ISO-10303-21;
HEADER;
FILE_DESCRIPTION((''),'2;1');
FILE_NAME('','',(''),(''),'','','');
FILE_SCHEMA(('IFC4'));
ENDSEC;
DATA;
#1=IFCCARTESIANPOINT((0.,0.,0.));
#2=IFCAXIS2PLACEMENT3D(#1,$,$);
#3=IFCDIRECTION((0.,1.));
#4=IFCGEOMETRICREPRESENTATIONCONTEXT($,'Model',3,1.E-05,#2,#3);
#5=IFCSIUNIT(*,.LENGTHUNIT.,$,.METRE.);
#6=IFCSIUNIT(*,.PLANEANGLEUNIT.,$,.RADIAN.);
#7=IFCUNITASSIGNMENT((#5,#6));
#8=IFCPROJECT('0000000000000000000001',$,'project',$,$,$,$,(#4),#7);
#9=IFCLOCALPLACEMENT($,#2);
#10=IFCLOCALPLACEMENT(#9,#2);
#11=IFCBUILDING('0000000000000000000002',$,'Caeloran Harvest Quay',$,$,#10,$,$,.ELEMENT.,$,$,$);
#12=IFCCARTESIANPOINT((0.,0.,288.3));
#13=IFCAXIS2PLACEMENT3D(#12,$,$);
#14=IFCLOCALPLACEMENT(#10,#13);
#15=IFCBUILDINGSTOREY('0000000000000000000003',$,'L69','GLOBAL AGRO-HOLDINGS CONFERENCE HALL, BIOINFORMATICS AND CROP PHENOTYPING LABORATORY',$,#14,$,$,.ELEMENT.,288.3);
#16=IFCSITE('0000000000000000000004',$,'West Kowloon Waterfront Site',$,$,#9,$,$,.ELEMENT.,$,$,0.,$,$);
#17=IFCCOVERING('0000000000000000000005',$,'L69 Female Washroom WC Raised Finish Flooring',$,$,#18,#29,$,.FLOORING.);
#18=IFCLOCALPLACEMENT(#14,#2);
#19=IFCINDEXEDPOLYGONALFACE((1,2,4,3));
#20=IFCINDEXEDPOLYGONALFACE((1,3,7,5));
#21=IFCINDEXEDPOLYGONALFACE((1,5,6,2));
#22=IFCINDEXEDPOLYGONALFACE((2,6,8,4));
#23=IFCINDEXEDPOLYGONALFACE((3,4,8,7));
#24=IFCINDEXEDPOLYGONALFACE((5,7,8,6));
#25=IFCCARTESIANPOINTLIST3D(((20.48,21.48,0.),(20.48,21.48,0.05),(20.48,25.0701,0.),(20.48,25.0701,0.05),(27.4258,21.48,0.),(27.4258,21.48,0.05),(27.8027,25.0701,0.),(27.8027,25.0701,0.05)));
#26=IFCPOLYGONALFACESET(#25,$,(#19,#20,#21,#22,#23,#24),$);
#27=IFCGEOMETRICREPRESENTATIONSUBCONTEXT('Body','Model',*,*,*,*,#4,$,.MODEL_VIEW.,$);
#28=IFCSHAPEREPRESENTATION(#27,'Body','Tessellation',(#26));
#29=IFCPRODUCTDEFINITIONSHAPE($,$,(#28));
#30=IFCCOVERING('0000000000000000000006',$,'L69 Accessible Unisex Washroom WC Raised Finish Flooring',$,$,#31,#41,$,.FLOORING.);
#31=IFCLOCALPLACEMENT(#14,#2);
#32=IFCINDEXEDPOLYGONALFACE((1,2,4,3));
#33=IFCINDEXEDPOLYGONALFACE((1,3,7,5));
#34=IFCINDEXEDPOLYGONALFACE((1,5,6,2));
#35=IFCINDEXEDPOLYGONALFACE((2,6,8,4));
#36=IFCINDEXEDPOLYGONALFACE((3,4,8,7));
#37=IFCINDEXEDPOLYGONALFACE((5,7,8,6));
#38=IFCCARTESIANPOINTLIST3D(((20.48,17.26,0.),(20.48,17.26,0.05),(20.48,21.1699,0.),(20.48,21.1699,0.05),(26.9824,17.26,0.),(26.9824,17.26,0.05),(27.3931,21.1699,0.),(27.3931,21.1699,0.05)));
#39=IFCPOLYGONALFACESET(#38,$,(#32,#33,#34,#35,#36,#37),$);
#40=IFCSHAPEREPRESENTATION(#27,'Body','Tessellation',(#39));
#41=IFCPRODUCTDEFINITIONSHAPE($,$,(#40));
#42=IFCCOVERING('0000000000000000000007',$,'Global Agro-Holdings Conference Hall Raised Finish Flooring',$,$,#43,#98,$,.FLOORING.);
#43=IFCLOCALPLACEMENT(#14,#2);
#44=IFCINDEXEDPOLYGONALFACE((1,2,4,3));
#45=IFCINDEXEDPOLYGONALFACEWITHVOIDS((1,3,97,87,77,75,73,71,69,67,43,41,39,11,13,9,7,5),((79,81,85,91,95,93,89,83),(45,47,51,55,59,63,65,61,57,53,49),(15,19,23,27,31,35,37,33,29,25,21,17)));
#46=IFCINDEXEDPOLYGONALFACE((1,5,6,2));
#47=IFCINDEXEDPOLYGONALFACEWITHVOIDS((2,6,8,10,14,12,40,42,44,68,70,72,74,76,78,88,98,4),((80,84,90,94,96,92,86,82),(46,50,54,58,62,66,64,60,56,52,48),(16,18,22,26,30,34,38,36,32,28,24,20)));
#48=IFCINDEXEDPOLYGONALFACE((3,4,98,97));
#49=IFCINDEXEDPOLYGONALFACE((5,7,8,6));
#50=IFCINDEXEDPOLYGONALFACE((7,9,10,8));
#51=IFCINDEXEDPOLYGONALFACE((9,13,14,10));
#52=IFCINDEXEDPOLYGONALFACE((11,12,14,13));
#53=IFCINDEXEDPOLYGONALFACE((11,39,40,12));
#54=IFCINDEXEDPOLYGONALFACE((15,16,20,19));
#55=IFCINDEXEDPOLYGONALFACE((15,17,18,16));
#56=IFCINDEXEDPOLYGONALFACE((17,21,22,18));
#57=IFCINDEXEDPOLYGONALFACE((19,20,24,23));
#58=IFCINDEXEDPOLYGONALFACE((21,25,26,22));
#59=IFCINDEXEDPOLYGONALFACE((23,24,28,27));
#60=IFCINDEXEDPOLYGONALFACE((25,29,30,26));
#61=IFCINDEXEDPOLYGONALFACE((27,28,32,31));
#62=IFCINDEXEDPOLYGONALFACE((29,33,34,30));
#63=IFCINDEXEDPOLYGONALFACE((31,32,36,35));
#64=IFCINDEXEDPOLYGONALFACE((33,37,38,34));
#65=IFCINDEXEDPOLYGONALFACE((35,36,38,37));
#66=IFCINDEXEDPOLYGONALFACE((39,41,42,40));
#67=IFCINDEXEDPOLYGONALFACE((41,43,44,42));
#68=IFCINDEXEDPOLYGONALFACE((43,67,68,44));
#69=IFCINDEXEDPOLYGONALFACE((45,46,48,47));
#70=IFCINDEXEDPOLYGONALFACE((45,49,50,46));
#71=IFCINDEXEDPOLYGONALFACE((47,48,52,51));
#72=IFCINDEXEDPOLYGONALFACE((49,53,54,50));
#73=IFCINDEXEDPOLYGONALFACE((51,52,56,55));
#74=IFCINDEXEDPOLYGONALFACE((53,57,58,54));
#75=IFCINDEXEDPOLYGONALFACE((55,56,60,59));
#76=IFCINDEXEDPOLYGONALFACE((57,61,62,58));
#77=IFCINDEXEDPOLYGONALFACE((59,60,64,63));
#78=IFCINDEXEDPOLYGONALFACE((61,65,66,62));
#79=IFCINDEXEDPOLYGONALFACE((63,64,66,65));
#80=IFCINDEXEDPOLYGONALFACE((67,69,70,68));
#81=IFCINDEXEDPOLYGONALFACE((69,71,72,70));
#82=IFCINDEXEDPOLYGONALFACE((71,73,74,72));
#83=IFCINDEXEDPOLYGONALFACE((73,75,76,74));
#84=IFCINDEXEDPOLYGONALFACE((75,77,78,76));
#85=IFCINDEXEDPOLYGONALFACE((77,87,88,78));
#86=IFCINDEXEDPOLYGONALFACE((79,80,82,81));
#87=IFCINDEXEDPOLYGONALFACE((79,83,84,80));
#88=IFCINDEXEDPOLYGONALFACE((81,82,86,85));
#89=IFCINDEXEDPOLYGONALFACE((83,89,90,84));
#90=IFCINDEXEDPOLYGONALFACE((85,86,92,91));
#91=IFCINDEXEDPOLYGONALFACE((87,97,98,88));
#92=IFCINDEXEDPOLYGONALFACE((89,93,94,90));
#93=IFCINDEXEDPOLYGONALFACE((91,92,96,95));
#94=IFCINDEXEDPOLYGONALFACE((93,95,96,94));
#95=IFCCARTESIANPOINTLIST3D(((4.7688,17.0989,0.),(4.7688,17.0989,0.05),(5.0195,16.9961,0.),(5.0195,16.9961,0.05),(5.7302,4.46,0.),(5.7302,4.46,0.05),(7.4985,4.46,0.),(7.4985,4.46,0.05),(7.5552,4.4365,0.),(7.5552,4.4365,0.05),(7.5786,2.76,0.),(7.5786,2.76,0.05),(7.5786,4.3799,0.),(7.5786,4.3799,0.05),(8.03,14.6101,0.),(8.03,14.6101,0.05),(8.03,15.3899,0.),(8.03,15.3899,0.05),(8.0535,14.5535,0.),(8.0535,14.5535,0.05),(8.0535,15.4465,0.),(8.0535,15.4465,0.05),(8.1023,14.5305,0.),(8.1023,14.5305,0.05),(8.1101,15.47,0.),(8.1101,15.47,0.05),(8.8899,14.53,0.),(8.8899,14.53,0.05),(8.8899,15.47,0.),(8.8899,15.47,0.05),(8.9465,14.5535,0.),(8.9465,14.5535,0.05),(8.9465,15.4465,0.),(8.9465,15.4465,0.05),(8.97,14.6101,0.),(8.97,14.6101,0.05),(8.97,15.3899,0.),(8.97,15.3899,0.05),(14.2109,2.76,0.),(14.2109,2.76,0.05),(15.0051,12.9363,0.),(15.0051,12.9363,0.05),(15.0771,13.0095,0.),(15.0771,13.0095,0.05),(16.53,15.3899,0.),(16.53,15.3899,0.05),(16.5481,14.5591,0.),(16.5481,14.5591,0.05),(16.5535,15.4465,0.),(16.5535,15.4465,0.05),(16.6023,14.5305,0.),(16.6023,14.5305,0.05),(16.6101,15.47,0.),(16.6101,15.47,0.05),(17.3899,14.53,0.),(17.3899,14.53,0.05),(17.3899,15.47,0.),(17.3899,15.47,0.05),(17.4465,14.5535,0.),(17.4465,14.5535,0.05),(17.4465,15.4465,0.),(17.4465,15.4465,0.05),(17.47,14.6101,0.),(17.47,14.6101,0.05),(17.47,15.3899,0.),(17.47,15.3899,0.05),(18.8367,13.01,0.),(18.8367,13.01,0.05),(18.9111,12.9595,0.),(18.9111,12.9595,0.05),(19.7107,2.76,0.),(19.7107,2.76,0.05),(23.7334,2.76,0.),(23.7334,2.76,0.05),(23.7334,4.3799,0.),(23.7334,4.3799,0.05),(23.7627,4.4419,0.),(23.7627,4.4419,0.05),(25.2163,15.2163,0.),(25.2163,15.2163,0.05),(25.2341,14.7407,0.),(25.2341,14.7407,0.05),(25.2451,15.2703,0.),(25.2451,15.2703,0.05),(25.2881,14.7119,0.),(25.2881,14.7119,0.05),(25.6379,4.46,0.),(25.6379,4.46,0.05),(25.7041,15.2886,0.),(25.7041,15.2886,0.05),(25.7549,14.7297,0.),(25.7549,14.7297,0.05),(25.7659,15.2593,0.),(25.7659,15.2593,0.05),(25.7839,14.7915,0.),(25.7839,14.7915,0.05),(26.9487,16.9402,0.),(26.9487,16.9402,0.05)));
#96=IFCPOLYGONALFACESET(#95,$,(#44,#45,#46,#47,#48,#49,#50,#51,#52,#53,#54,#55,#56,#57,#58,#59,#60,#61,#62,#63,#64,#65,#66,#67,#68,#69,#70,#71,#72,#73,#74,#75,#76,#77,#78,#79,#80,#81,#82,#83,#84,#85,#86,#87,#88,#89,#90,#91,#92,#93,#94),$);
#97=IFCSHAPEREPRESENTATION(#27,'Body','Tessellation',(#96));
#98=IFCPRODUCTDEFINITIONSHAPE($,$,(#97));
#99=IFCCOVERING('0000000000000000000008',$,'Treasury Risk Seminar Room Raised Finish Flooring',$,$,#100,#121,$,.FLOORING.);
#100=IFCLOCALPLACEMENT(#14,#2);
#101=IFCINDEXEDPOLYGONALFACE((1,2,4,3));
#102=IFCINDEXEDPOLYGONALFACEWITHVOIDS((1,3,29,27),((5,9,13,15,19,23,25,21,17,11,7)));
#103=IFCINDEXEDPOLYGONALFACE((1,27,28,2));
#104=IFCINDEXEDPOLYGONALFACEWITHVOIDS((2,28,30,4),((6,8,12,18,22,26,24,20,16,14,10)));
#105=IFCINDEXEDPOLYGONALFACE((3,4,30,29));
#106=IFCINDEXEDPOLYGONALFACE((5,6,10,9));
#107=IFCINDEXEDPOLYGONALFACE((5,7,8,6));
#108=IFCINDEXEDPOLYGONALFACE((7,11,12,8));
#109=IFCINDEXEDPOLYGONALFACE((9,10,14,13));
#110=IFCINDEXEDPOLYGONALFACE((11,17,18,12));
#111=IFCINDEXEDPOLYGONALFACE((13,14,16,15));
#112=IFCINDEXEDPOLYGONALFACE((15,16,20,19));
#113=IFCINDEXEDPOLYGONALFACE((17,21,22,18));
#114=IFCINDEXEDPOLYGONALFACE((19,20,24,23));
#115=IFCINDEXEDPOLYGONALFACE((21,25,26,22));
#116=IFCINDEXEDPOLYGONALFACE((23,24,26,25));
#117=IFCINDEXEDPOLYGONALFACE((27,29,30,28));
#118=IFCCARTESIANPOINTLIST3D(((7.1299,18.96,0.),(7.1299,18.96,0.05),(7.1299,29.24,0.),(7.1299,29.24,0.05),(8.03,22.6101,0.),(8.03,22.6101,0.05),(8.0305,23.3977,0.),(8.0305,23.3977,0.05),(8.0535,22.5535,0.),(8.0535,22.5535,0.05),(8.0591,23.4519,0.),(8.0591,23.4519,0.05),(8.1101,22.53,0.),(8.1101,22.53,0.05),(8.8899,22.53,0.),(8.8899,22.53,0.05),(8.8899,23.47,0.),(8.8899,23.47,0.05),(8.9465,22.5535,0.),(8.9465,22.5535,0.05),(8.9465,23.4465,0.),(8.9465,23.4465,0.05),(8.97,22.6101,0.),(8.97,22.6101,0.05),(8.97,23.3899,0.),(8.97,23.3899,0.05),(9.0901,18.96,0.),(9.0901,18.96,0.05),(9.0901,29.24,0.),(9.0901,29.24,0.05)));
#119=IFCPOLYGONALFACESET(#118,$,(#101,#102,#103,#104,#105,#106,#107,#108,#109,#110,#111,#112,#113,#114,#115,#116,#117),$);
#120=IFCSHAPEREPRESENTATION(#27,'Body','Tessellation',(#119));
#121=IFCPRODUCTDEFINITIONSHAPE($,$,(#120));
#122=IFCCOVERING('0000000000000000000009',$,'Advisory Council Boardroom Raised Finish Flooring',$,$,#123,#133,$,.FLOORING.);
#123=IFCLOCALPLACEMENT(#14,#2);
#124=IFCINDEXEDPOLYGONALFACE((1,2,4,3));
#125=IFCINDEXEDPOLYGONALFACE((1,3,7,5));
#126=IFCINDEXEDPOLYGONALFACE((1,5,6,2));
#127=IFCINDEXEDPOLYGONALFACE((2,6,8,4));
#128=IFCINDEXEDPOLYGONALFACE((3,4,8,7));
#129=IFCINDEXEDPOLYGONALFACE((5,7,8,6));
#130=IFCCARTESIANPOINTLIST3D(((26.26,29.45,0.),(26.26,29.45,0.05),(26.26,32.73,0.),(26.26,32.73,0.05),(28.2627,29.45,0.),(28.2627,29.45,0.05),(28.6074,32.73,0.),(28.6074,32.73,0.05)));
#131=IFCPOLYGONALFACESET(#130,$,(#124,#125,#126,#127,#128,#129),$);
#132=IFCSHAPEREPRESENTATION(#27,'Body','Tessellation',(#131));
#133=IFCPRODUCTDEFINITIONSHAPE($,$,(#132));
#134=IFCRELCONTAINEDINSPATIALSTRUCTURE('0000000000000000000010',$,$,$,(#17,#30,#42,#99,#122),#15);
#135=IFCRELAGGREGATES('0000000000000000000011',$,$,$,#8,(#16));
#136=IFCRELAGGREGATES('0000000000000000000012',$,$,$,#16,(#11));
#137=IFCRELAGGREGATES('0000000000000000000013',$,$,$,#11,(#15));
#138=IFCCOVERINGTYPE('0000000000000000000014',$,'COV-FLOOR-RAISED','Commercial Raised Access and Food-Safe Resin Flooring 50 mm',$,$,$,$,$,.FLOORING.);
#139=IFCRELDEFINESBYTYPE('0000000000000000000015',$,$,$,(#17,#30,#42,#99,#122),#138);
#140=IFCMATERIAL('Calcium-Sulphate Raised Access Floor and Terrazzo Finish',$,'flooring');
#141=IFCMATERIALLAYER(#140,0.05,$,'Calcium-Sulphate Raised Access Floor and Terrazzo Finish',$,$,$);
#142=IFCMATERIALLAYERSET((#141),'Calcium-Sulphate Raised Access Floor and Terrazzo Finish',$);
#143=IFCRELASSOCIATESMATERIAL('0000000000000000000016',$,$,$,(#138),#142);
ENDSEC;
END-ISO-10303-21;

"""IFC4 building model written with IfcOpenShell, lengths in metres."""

from ifc_helpers import new_model, si_unit, direction, frame, origin, place, context, subcontext, project, spatial, polyline, outline, extrude, material, layer, layer_set, type_object, element, save


model = new_model("IFC4")

# Units and contexts
model_context = context("Model", 3, precision=1e-05, world=origin(), true_north=direction((0.0, 1.0)))
body_context = subcontext(model_context, "Body", "Model", "MODEL_VIEW")
ifc_project = project(units=[si_unit("LENGTHUNIT", "METRE"), si_unit("PLANEANGLEUNIT", "RADIAN")], contexts=[model_context])

# Site, building, storey
site_placement = place(None, origin())
site = spatial("IfcSite", under=ifc_project, at=site_placement, Name="West Kowloon Waterfront Site", CompositionType="ELEMENT", RefElevation=0.0)
building_placement = place(site_placement, origin())
building = spatial("IfcBuilding", under=site, at=building_placement, Name="Caeloran Harvest Quay", CompositionType="ELEMENT")
storey_placement = place(building_placement, frame((0.0, 0.0, 288.3)))
storey = spatial("IfcBuildingStorey", under=building, at=storey_placement, Name="L69", Description="GLOBAL AGRO-HOLDINGS CONFERENCE HALL, BIOINFORMATICS AND CROP PHENOTYPING LABORATORY", CompositionType="ELEMENT", Elevation=288.3)

# Coverings
ifc_material_1 = material(Name="Calcium-Sulphate Raised Access Floor and Terrazzo Finish", Category="flooring")
ifc_layer_1 = layer(ifc_material_1, 0.05, Name="Calcium-Sulphate Raised Access Floor and Terrazzo Finish")
ifc_layer_set_1 = layer_set([ifc_layer_1], Name="Calcium-Sulphate Raised Access Floor and Terrazzo Finish")
covering_type_1 = type_object("IfcCoveringType", Name="COV-FLOOR-RAISED", Description="Commercial Raised Access and Food-Safe Resin Flooring 50 mm", PredefinedType="FLOORING", material=ifc_layer_set_1)
covering_1_placement = place(storey_placement, origin())
element("IfcCovering", 1, at=covering_1_placement, inside=storey, type_object=covering_type_1, Name="L69 Female Washroom WC Raised Finish Flooring", PredefinedType="FLOORING", context=body_context, shape_type="SweptSolid", body=[
    extrude(outline(polyline([(27.8027, 25.0701), (27.4258, 21.48), (20.48, 21.48), (20.48, 25.0701), (27.8027, 25.0701)])), origin(), (0.0, 0.0, 1.0), 0.05),
])
covering_2_placement = place(storey_placement, origin())
element("IfcCovering", 2, at=covering_2_placement, inside=storey, type_object=covering_type_1, Name="L69 Accessible Unisex Washroom WC Raised Finish Flooring", PredefinedType="FLOORING", context=body_context, shape_type="SweptSolid", body=[
    extrude(outline(polyline([(27.3931, 21.1699), (26.9824, 17.26), (20.48, 17.26), (20.48, 21.1699), (27.3931, 21.1699)])), origin(), (0.0, 0.0, 1.0), 0.05),
])
covering_3_placement = place(storey_placement, origin())
element("IfcCovering", 3, at=covering_3_placement, inside=storey, type_object=covering_type_1, Name="Global Agro-Holdings Conference Hall Raised Finish Flooring", PredefinedType="FLOORING", context=body_context, shape_type="SweptSolid", body=[
    extrude(outline(polyline([(5.0195, 16.9961), (26.9487, 16.9402), (25.6379, 4.46), (23.7627, 4.4419), (23.7334, 4.3799), (23.7334, 2.76), (19.7107, 2.76), (18.9111, 12.9595), (18.8367, 13.01), (15.0771, 13.0095), (15.0051, 12.9363), (14.2109, 2.76), (7.5786, 2.76), (7.5786, 4.3799), (7.5552, 4.4365), (7.4985, 4.46), (5.7302, 4.46), (4.7688, 17.0989), (5.0195, 16.9961)]), holes=[polyline([(25.2163, 15.2163), (25.2341, 14.7407), (25.2881, 14.7119), (25.7549, 14.7297), (25.7839, 14.7915), (25.7659, 15.2593), (25.7041, 15.2886), (25.2451, 15.2703), (25.2163, 15.2163)]), polyline([(16.53, 15.3899), (16.5481, 14.5591), (16.6023, 14.5305), (17.3899, 14.53), (17.4465, 14.5535), (17.47, 14.6101), (17.47, 15.3899), (17.4465, 15.4465), (17.3899, 15.47), (16.6101, 15.47), (16.5535, 15.4465), (16.53, 15.3899)]), polyline([(8.03, 14.6101), (8.0535, 14.5535), (8.1023, 14.5305), (8.8899, 14.53), (8.9465, 14.5535), (8.97, 14.6101), (8.97, 15.3899), (8.9465, 15.4465), (8.8899, 15.47), (8.1101, 15.47), (8.0535, 15.4465), (8.03, 15.3899), (8.03, 14.6101)])]), origin(), (0.0, 0.0, 1.0), 0.05),
])
covering_4_placement = place(storey_placement, origin())
element("IfcCovering", 4, at=covering_4_placement, inside=storey, type_object=covering_type_1, Name="Treasury Risk Seminar Room Raised Finish Flooring", PredefinedType="FLOORING", context=body_context, shape_type="SweptSolid", body=[
    extrude(outline(polyline([(9.0901, 18.96), (7.1299, 18.96), (7.1299, 29.24), (9.0901, 29.24), (9.0901, 18.96)]), holes=[polyline([(8.8899, 23.47), (8.0591, 23.4519), (8.0305, 23.3977), (8.03, 22.6101), (8.0535, 22.5535), (8.1101, 22.53), (8.8899, 22.53), (8.9465, 22.5535), (8.97, 22.6101), (8.97, 23.3899), (8.9465, 23.4465), (8.8899, 23.47)])]), origin(), (0.0, 0.0, 1.0), 0.05),
])
covering_5_placement = place(storey_placement, origin())
element("IfcCovering", 5, at=covering_5_placement, inside=storey, type_object=covering_type_1, Name="Advisory Council Boardroom Raised Finish Flooring", PredefinedType="FLOORING", context=body_context, shape_type="SweptSolid", body=[
    extrude(outline(polyline([(26.26, 32.73), (28.6074, 32.73), (28.2627, 29.45), (26.26, 29.45), (26.26, 32.73)])), origin(), (0.0, 0.0, 1.0), 0.05),
])

save(model, "model.ifc")
